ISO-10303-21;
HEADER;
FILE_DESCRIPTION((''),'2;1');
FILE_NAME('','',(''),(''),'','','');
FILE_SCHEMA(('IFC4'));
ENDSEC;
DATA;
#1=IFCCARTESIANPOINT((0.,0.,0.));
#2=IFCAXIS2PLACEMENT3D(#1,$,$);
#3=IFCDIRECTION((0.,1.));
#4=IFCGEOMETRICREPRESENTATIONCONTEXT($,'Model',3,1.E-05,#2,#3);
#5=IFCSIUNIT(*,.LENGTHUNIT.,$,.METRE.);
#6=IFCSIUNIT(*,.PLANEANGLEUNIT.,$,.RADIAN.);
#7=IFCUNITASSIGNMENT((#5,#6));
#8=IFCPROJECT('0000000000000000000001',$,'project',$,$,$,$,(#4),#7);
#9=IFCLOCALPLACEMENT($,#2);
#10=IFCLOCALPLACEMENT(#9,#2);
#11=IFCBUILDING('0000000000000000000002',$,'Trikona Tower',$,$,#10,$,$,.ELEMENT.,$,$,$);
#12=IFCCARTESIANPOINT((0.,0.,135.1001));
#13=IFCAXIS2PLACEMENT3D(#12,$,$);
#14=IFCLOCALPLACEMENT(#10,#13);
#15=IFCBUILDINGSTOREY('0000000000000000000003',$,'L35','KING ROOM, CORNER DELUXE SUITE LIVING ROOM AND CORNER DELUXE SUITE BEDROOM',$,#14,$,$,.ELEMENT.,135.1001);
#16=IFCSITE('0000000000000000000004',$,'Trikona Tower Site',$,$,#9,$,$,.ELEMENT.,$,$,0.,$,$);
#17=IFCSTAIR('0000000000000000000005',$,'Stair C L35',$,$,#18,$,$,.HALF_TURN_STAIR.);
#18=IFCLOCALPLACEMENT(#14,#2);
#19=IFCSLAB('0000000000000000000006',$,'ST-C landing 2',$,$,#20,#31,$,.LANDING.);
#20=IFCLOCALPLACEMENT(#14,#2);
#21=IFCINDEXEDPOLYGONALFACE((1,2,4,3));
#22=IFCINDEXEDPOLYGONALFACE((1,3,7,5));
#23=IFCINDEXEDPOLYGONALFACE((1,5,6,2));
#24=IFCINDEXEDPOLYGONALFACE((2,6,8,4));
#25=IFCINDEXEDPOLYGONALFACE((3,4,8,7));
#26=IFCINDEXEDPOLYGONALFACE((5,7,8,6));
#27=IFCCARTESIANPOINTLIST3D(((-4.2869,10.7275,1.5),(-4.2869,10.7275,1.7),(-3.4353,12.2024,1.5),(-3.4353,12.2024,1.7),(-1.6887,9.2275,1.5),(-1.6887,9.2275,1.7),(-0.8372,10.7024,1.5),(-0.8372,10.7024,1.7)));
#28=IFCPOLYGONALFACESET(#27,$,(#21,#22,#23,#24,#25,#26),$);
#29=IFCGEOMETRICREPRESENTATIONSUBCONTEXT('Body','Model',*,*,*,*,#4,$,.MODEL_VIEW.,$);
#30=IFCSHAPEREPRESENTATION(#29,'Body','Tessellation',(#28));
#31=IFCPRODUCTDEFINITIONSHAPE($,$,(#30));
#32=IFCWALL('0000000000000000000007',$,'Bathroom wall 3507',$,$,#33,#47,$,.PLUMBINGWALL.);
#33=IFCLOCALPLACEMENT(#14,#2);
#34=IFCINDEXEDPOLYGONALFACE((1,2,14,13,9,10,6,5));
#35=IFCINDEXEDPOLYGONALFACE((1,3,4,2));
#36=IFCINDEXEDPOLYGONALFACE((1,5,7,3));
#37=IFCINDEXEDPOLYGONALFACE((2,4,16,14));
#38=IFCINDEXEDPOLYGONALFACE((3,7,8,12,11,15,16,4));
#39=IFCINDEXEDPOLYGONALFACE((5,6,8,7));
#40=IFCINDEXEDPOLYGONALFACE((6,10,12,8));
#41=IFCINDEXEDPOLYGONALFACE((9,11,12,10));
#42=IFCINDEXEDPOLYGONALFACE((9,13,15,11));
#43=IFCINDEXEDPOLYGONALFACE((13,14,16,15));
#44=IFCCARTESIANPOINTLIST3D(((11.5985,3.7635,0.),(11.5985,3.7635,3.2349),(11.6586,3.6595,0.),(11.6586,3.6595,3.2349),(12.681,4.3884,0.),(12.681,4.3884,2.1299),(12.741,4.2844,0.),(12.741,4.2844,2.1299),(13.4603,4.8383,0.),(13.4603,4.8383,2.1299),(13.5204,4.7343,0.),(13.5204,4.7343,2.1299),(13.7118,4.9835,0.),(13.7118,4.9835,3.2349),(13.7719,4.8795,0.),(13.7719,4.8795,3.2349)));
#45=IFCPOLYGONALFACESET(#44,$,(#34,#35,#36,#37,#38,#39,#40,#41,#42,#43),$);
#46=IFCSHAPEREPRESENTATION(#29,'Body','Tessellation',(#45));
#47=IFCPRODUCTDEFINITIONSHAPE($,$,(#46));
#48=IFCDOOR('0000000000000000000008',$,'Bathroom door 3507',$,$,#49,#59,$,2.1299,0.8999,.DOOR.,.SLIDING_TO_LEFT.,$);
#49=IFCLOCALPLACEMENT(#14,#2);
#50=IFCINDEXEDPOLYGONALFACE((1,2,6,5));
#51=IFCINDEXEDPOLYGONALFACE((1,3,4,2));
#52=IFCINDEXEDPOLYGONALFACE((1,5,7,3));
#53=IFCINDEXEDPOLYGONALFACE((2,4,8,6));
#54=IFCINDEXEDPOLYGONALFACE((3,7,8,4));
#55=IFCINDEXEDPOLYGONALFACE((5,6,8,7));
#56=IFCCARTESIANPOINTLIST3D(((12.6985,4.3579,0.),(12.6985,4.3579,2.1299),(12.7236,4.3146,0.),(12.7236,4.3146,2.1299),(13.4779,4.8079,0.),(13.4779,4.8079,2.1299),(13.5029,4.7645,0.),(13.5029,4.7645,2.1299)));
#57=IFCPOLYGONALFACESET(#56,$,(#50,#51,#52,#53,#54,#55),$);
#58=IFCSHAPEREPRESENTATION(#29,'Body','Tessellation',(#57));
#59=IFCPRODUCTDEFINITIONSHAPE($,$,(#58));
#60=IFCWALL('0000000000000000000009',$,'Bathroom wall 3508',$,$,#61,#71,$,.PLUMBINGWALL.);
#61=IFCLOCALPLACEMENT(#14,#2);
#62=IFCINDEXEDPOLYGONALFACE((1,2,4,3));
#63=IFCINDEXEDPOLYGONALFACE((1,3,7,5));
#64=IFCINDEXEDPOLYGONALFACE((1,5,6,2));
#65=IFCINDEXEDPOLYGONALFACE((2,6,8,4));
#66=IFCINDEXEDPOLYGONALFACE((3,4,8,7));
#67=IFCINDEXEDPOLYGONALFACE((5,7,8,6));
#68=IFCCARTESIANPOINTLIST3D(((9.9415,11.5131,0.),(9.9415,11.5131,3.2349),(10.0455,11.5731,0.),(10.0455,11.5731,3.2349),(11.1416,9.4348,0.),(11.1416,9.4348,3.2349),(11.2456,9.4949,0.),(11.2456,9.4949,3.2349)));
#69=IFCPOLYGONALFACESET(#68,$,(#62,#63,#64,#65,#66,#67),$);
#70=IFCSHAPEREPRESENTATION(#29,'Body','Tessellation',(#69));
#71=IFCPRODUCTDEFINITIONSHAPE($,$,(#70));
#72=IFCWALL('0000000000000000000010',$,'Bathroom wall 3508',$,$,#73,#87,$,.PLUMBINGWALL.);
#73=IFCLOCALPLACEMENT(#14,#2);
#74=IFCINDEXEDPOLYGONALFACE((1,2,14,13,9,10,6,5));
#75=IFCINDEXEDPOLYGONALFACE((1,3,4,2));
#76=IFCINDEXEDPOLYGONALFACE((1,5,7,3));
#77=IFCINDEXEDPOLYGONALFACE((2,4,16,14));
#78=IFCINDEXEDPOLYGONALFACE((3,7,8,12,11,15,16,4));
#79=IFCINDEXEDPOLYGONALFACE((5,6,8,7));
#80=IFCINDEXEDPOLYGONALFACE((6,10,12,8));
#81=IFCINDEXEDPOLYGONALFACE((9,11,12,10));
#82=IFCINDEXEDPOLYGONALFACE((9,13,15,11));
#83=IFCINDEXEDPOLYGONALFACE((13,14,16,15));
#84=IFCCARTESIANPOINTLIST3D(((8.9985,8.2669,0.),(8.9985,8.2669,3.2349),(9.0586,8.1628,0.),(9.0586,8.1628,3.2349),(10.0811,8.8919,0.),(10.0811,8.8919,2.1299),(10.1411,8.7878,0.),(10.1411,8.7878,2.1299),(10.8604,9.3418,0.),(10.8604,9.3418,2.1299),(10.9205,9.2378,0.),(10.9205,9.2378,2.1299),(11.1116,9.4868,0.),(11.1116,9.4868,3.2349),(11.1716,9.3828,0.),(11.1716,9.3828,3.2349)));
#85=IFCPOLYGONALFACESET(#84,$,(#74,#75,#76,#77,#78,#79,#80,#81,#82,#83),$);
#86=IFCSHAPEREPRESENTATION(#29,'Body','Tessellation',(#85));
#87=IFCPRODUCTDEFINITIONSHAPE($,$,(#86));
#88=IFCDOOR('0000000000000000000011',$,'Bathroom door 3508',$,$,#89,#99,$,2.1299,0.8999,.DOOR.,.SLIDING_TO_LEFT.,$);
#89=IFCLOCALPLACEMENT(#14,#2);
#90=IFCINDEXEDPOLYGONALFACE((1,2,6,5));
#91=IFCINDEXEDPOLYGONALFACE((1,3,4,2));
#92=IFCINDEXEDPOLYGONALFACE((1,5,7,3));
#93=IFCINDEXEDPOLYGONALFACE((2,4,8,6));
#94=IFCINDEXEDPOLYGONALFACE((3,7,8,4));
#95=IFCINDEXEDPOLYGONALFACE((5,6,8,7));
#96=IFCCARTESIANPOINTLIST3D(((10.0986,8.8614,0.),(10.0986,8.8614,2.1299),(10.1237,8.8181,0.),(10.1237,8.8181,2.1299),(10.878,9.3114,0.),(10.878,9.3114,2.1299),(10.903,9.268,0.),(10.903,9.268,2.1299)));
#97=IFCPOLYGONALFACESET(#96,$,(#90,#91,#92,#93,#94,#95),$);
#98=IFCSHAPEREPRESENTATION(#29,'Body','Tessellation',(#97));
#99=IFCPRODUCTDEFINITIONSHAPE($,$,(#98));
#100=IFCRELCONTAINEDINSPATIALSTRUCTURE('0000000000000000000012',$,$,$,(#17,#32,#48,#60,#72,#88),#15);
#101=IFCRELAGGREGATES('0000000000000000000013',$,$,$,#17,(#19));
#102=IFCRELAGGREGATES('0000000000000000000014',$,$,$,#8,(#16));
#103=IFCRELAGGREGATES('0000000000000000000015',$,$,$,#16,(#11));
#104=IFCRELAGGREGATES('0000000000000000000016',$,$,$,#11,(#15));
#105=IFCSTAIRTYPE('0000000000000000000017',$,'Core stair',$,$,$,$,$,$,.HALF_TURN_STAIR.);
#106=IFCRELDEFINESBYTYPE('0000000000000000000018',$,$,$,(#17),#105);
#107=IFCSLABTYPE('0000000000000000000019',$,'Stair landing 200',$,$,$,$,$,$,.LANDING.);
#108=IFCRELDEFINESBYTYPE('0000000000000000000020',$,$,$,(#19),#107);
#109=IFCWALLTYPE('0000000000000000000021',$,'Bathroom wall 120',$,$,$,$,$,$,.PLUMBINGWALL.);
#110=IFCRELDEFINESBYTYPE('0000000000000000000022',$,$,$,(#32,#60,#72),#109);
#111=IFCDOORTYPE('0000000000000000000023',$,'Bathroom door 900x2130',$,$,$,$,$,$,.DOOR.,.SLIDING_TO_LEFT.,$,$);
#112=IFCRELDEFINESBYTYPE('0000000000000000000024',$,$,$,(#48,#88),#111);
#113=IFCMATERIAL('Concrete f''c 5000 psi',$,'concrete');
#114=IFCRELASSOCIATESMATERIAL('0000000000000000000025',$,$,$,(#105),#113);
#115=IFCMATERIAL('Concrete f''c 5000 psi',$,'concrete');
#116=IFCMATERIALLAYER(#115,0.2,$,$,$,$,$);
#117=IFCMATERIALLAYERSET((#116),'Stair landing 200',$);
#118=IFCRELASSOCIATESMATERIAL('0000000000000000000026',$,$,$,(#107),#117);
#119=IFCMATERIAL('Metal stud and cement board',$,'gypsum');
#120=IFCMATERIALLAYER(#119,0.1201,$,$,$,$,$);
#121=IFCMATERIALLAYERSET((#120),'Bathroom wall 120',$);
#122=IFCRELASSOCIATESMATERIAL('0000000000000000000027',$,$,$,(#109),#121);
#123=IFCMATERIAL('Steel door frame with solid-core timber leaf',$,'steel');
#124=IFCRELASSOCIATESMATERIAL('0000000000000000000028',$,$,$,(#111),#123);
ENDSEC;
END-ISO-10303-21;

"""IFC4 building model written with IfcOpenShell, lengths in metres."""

from ifc_helpers import new_model, si_unit, direction, frame, frame_2d, origin, place, context, subcontext, project, spatial, polyline, rectangle, outline, extrude, material, layer, layer_set, type_object, element, fill, aggregate, save


model = new_model("IFC4")

# Units and contexts
model_context = context("Model", 3, precision=1e-05, world=origin(), true_north=direction((0.0, 1.0)))
body_context = subcontext(model_context, "Body", "Model", "MODEL_VIEW")
ifc_project = project(units=[si_unit("LENGTHUNIT", "METRE"), si_unit("PLANEANGLEUNIT", "RADIAN")], contexts=[model_context])

# Site, building, storey
site_placement = place(None, origin())
site = spatial("IfcSite", under=ifc_project, at=site_placement, Name="Trikona Tower Site", CompositionType="ELEMENT", RefElevation=0.0)
building_placement = place(site_placement, origin())
building = spatial("IfcBuilding", under=site, at=building_placement, Name="Trikona Tower", CompositionType="ELEMENT")
storey_placement = place(building_placement, frame((0.0, 0.0, 135.1001)))
storey = spatial("IfcBuildingStorey", under=building, at=storey_placement, Name="L35", Description="KING ROOM, CORNER DELUXE SUITE LIVING ROOM AND CORNER DELUXE SUITE BEDROOM", CompositionType="ELEMENT", Elevation=135.1001)

# Stair, slab
ifc_material_1 = material(Name="Concrete f'c 5000 psi", Category="concrete")
stair_type = type_object("IfcStairType", Name="Core stair", PredefinedType="HALF_TURN_STAIR", material=ifc_material_1)
ifc_material_2 = material(Name="Concrete f'c 5000 psi", Category="concrete")
ifc_layer_1 = layer(ifc_material_2, 0.2)
ifc_layer_set_1 = layer_set([ifc_layer_1], Name="Stair landing 200")
slab_type_1 = type_object("IfcSlabType", Name="Stair landing 200", PredefinedType="LANDING", material=ifc_layer_set_1)
stair_1_placement = place(storey_placement, origin())
stair_1 = element("IfcStair", 1, at=stair_1_placement, inside=storey, type_object=stair_type, Name="Stair C L35", PredefinedType="HALF_TURN_STAIR")
slab_1_placement = place(storey_placement, frame((0.0, 0.0, 1.5)))
slab_1 = element("IfcSlab", 2, at=slab_1_placement, type_object=slab_type_1, Name="ST-C landing 2", PredefinedType="LANDING", context=body_context, shape_type="SweptSolid", body=[
    extrude(outline(polyline([(-0.8372, 10.7024), (-1.6887, 9.2275), (-4.2869, 10.7275), (-3.4353, 12.2024), (-0.8372, 10.7024)])), origin(), (0.0, 0.0, 1.0), 0.2),
])
aggregate(stair_1, [slab_1])

# Wall, opening, door
ifc_material_3 = material(Name="Metal stud and cement board", Category="gypsum")
ifc_layer_2 = layer(ifc_material_3, 0.1201)
ifc_layer_set_2 = layer_set([ifc_layer_2], Name="Bathroom wall 120")
wall_type_1 = type_object("IfcWallType", Name="Bathroom wall 120", PredefinedType="PLUMBINGWALL", material=ifc_layer_set_2)
wall_1_placement = place(storey_placement, frame((11.6284, 3.7114, 0.0), z_axis=(0.0, 0.0, 1.0), x_axis=(0.866049, 0.499959, 0.0)))
wall_1 = element("IfcWall", 3, at=wall_1_placement, inside=storey, type_object=wall_type_1, Name="Bathroom wall 3507", PredefinedType="PLUMBINGWALL", context=body_context, shape_type="SweptSolid", body=[
    extrude(rectangle(XDim=2.4402, YDim=0.1201, at=frame_2d((1.2202, 0.0))), origin(), (0.0, 0.0, 1.0), 3.2349),
])
opening_1_placement = place(wall_1_placement, frame((1.25, 0.0, 0.0)))
opening_1 = element("IfcOpeningElement", 4, at=opening_1_placement, cuts=wall_1, PredefinedType="OPENING", context=body_context, shape_type="SweptSolid", body=[
    extrude(rectangle(XDim=0.8999, YDim=2.1299, at=frame_2d((0.45, 1.0649))), frame((0.0, 0.0701, 0.0), z_axis=(0.0, -1.0, 0.0), x_axis=(1.0, 0.0, 0.0)), (0.0, 0.0, 1.0), 0.1401),
])
ifc_material_4 = material(Name="Steel door frame with solid-core timber leaf", Category="steel")
door_type_1 = type_object("IfcDoorType", Name="Bathroom door 900x2130", OperationType="SLIDING_TO_LEFT", PredefinedType="DOOR", material=ifc_material_4)
door_1_placement = place(opening_1_placement, origin())
door_1 = element("IfcDoor", 5, at=door_1_placement, inside=storey, type_object=door_type_1, Name="Bathroom door 3507", OperationType="SLIDING_TO_LEFT", OverallHeight=2.1299, OverallWidth=0.8999, PredefinedType="DOOR", context=body_context, shape_type="SweptSolid", body=[
    extrude(rectangle(XDim=0.8999, YDim=2.1299, at=frame_2d((0.45, 1.0649))), frame((0.0, 0.0249, 0.0), z_axis=(0.0, -1.0, 0.0), x_axis=(1.0, 0.0, 0.0)), (0.0, 0.0, 1.0), 0.05),
])
fill(opening_1, door_1)

# Wall
wall_2_placement = place(storey_placement, frame((11.1936, 9.4648, 0.0), z_axis=(0.0, 0.0, 1.0), x_axis=(-0.500078, 0.865981, 0.0)))
element("IfcWall", 6, at=wall_2_placement, inside=storey, type_object=wall_type_1, Name="Bathroom wall 3508", PredefinedType="PLUMBINGWALL", context=body_context, shape_type="SweptSolid", body=[
    extrude(rectangle(XDim=2.3999, YDim=0.1201, at=frame_2d((1.2, 0.0))), origin(), (0.0, 0.0, 1.0), 3.2349),
])

# Wall, opening, door
wall_3_placement = place(storey_placement, frame((9.0286, 8.2148, 0.0), z_axis=(0.0, 0.0, 1.0), x_axis=(0.866024, 0.500003, 0.0)))
wall_3 = element("IfcWall", 7, at=wall_3_placement, inside=storey, type_object=wall_type_1, Name="Bathroom wall 3508", PredefinedType="PLUMBINGWALL", context=body_context, shape_type="SweptSolid", body=[
    extrude(rectangle(XDim=2.4399, YDim=0.1201, at=frame_2d((1.22, 0.0))), origin(), (0.0, 0.0, 1.0), 3.2349),
])
opening_2_placement = place(wall_3_placement, frame((1.25, 0.0, 0.0)))
opening_2 = element("IfcOpeningElement", 8, at=opening_2_placement, cuts=wall_3, PredefinedType="OPENING", context=body_context, shape_type="SweptSolid", body=[
    extrude(rectangle(XDim=0.8999, YDim=2.1299, at=frame_2d((0.45, 1.0649))), frame((0.0, 0.0701, 0.0), z_axis=(0.0, -1.0, 0.0), x_axis=(1.0, 0.0, 0.0)), (0.0, 0.0, 1.0), 0.1401),
])
door_2_placement = place(opening_2_placement, origin())
door_2 = element("IfcDoor", 9, at=door_2_placement, inside=storey, type_object=door_type_1, Name="Bathroom door 3508", OperationType="SLIDING_TO_LEFT", OverallHeight=2.1299, OverallWidth=0.8999, PredefinedType="DOOR", context=body_context, shape_type="SweptSolid", body=[
    extrude(rectangle(XDim=0.8999, YDim=2.1299, at=frame_2d((0.45, 1.0649))), frame((0.0, 0.0249, 0.0), z_axis=(0.0, -1.0, 0.0), x_axis=(1.0, 0.0, 0.0)), (0.0, 0.0, 1.0), 0.05),
])
fill(opening_2, door_2)

save(model, "model.ifc")
